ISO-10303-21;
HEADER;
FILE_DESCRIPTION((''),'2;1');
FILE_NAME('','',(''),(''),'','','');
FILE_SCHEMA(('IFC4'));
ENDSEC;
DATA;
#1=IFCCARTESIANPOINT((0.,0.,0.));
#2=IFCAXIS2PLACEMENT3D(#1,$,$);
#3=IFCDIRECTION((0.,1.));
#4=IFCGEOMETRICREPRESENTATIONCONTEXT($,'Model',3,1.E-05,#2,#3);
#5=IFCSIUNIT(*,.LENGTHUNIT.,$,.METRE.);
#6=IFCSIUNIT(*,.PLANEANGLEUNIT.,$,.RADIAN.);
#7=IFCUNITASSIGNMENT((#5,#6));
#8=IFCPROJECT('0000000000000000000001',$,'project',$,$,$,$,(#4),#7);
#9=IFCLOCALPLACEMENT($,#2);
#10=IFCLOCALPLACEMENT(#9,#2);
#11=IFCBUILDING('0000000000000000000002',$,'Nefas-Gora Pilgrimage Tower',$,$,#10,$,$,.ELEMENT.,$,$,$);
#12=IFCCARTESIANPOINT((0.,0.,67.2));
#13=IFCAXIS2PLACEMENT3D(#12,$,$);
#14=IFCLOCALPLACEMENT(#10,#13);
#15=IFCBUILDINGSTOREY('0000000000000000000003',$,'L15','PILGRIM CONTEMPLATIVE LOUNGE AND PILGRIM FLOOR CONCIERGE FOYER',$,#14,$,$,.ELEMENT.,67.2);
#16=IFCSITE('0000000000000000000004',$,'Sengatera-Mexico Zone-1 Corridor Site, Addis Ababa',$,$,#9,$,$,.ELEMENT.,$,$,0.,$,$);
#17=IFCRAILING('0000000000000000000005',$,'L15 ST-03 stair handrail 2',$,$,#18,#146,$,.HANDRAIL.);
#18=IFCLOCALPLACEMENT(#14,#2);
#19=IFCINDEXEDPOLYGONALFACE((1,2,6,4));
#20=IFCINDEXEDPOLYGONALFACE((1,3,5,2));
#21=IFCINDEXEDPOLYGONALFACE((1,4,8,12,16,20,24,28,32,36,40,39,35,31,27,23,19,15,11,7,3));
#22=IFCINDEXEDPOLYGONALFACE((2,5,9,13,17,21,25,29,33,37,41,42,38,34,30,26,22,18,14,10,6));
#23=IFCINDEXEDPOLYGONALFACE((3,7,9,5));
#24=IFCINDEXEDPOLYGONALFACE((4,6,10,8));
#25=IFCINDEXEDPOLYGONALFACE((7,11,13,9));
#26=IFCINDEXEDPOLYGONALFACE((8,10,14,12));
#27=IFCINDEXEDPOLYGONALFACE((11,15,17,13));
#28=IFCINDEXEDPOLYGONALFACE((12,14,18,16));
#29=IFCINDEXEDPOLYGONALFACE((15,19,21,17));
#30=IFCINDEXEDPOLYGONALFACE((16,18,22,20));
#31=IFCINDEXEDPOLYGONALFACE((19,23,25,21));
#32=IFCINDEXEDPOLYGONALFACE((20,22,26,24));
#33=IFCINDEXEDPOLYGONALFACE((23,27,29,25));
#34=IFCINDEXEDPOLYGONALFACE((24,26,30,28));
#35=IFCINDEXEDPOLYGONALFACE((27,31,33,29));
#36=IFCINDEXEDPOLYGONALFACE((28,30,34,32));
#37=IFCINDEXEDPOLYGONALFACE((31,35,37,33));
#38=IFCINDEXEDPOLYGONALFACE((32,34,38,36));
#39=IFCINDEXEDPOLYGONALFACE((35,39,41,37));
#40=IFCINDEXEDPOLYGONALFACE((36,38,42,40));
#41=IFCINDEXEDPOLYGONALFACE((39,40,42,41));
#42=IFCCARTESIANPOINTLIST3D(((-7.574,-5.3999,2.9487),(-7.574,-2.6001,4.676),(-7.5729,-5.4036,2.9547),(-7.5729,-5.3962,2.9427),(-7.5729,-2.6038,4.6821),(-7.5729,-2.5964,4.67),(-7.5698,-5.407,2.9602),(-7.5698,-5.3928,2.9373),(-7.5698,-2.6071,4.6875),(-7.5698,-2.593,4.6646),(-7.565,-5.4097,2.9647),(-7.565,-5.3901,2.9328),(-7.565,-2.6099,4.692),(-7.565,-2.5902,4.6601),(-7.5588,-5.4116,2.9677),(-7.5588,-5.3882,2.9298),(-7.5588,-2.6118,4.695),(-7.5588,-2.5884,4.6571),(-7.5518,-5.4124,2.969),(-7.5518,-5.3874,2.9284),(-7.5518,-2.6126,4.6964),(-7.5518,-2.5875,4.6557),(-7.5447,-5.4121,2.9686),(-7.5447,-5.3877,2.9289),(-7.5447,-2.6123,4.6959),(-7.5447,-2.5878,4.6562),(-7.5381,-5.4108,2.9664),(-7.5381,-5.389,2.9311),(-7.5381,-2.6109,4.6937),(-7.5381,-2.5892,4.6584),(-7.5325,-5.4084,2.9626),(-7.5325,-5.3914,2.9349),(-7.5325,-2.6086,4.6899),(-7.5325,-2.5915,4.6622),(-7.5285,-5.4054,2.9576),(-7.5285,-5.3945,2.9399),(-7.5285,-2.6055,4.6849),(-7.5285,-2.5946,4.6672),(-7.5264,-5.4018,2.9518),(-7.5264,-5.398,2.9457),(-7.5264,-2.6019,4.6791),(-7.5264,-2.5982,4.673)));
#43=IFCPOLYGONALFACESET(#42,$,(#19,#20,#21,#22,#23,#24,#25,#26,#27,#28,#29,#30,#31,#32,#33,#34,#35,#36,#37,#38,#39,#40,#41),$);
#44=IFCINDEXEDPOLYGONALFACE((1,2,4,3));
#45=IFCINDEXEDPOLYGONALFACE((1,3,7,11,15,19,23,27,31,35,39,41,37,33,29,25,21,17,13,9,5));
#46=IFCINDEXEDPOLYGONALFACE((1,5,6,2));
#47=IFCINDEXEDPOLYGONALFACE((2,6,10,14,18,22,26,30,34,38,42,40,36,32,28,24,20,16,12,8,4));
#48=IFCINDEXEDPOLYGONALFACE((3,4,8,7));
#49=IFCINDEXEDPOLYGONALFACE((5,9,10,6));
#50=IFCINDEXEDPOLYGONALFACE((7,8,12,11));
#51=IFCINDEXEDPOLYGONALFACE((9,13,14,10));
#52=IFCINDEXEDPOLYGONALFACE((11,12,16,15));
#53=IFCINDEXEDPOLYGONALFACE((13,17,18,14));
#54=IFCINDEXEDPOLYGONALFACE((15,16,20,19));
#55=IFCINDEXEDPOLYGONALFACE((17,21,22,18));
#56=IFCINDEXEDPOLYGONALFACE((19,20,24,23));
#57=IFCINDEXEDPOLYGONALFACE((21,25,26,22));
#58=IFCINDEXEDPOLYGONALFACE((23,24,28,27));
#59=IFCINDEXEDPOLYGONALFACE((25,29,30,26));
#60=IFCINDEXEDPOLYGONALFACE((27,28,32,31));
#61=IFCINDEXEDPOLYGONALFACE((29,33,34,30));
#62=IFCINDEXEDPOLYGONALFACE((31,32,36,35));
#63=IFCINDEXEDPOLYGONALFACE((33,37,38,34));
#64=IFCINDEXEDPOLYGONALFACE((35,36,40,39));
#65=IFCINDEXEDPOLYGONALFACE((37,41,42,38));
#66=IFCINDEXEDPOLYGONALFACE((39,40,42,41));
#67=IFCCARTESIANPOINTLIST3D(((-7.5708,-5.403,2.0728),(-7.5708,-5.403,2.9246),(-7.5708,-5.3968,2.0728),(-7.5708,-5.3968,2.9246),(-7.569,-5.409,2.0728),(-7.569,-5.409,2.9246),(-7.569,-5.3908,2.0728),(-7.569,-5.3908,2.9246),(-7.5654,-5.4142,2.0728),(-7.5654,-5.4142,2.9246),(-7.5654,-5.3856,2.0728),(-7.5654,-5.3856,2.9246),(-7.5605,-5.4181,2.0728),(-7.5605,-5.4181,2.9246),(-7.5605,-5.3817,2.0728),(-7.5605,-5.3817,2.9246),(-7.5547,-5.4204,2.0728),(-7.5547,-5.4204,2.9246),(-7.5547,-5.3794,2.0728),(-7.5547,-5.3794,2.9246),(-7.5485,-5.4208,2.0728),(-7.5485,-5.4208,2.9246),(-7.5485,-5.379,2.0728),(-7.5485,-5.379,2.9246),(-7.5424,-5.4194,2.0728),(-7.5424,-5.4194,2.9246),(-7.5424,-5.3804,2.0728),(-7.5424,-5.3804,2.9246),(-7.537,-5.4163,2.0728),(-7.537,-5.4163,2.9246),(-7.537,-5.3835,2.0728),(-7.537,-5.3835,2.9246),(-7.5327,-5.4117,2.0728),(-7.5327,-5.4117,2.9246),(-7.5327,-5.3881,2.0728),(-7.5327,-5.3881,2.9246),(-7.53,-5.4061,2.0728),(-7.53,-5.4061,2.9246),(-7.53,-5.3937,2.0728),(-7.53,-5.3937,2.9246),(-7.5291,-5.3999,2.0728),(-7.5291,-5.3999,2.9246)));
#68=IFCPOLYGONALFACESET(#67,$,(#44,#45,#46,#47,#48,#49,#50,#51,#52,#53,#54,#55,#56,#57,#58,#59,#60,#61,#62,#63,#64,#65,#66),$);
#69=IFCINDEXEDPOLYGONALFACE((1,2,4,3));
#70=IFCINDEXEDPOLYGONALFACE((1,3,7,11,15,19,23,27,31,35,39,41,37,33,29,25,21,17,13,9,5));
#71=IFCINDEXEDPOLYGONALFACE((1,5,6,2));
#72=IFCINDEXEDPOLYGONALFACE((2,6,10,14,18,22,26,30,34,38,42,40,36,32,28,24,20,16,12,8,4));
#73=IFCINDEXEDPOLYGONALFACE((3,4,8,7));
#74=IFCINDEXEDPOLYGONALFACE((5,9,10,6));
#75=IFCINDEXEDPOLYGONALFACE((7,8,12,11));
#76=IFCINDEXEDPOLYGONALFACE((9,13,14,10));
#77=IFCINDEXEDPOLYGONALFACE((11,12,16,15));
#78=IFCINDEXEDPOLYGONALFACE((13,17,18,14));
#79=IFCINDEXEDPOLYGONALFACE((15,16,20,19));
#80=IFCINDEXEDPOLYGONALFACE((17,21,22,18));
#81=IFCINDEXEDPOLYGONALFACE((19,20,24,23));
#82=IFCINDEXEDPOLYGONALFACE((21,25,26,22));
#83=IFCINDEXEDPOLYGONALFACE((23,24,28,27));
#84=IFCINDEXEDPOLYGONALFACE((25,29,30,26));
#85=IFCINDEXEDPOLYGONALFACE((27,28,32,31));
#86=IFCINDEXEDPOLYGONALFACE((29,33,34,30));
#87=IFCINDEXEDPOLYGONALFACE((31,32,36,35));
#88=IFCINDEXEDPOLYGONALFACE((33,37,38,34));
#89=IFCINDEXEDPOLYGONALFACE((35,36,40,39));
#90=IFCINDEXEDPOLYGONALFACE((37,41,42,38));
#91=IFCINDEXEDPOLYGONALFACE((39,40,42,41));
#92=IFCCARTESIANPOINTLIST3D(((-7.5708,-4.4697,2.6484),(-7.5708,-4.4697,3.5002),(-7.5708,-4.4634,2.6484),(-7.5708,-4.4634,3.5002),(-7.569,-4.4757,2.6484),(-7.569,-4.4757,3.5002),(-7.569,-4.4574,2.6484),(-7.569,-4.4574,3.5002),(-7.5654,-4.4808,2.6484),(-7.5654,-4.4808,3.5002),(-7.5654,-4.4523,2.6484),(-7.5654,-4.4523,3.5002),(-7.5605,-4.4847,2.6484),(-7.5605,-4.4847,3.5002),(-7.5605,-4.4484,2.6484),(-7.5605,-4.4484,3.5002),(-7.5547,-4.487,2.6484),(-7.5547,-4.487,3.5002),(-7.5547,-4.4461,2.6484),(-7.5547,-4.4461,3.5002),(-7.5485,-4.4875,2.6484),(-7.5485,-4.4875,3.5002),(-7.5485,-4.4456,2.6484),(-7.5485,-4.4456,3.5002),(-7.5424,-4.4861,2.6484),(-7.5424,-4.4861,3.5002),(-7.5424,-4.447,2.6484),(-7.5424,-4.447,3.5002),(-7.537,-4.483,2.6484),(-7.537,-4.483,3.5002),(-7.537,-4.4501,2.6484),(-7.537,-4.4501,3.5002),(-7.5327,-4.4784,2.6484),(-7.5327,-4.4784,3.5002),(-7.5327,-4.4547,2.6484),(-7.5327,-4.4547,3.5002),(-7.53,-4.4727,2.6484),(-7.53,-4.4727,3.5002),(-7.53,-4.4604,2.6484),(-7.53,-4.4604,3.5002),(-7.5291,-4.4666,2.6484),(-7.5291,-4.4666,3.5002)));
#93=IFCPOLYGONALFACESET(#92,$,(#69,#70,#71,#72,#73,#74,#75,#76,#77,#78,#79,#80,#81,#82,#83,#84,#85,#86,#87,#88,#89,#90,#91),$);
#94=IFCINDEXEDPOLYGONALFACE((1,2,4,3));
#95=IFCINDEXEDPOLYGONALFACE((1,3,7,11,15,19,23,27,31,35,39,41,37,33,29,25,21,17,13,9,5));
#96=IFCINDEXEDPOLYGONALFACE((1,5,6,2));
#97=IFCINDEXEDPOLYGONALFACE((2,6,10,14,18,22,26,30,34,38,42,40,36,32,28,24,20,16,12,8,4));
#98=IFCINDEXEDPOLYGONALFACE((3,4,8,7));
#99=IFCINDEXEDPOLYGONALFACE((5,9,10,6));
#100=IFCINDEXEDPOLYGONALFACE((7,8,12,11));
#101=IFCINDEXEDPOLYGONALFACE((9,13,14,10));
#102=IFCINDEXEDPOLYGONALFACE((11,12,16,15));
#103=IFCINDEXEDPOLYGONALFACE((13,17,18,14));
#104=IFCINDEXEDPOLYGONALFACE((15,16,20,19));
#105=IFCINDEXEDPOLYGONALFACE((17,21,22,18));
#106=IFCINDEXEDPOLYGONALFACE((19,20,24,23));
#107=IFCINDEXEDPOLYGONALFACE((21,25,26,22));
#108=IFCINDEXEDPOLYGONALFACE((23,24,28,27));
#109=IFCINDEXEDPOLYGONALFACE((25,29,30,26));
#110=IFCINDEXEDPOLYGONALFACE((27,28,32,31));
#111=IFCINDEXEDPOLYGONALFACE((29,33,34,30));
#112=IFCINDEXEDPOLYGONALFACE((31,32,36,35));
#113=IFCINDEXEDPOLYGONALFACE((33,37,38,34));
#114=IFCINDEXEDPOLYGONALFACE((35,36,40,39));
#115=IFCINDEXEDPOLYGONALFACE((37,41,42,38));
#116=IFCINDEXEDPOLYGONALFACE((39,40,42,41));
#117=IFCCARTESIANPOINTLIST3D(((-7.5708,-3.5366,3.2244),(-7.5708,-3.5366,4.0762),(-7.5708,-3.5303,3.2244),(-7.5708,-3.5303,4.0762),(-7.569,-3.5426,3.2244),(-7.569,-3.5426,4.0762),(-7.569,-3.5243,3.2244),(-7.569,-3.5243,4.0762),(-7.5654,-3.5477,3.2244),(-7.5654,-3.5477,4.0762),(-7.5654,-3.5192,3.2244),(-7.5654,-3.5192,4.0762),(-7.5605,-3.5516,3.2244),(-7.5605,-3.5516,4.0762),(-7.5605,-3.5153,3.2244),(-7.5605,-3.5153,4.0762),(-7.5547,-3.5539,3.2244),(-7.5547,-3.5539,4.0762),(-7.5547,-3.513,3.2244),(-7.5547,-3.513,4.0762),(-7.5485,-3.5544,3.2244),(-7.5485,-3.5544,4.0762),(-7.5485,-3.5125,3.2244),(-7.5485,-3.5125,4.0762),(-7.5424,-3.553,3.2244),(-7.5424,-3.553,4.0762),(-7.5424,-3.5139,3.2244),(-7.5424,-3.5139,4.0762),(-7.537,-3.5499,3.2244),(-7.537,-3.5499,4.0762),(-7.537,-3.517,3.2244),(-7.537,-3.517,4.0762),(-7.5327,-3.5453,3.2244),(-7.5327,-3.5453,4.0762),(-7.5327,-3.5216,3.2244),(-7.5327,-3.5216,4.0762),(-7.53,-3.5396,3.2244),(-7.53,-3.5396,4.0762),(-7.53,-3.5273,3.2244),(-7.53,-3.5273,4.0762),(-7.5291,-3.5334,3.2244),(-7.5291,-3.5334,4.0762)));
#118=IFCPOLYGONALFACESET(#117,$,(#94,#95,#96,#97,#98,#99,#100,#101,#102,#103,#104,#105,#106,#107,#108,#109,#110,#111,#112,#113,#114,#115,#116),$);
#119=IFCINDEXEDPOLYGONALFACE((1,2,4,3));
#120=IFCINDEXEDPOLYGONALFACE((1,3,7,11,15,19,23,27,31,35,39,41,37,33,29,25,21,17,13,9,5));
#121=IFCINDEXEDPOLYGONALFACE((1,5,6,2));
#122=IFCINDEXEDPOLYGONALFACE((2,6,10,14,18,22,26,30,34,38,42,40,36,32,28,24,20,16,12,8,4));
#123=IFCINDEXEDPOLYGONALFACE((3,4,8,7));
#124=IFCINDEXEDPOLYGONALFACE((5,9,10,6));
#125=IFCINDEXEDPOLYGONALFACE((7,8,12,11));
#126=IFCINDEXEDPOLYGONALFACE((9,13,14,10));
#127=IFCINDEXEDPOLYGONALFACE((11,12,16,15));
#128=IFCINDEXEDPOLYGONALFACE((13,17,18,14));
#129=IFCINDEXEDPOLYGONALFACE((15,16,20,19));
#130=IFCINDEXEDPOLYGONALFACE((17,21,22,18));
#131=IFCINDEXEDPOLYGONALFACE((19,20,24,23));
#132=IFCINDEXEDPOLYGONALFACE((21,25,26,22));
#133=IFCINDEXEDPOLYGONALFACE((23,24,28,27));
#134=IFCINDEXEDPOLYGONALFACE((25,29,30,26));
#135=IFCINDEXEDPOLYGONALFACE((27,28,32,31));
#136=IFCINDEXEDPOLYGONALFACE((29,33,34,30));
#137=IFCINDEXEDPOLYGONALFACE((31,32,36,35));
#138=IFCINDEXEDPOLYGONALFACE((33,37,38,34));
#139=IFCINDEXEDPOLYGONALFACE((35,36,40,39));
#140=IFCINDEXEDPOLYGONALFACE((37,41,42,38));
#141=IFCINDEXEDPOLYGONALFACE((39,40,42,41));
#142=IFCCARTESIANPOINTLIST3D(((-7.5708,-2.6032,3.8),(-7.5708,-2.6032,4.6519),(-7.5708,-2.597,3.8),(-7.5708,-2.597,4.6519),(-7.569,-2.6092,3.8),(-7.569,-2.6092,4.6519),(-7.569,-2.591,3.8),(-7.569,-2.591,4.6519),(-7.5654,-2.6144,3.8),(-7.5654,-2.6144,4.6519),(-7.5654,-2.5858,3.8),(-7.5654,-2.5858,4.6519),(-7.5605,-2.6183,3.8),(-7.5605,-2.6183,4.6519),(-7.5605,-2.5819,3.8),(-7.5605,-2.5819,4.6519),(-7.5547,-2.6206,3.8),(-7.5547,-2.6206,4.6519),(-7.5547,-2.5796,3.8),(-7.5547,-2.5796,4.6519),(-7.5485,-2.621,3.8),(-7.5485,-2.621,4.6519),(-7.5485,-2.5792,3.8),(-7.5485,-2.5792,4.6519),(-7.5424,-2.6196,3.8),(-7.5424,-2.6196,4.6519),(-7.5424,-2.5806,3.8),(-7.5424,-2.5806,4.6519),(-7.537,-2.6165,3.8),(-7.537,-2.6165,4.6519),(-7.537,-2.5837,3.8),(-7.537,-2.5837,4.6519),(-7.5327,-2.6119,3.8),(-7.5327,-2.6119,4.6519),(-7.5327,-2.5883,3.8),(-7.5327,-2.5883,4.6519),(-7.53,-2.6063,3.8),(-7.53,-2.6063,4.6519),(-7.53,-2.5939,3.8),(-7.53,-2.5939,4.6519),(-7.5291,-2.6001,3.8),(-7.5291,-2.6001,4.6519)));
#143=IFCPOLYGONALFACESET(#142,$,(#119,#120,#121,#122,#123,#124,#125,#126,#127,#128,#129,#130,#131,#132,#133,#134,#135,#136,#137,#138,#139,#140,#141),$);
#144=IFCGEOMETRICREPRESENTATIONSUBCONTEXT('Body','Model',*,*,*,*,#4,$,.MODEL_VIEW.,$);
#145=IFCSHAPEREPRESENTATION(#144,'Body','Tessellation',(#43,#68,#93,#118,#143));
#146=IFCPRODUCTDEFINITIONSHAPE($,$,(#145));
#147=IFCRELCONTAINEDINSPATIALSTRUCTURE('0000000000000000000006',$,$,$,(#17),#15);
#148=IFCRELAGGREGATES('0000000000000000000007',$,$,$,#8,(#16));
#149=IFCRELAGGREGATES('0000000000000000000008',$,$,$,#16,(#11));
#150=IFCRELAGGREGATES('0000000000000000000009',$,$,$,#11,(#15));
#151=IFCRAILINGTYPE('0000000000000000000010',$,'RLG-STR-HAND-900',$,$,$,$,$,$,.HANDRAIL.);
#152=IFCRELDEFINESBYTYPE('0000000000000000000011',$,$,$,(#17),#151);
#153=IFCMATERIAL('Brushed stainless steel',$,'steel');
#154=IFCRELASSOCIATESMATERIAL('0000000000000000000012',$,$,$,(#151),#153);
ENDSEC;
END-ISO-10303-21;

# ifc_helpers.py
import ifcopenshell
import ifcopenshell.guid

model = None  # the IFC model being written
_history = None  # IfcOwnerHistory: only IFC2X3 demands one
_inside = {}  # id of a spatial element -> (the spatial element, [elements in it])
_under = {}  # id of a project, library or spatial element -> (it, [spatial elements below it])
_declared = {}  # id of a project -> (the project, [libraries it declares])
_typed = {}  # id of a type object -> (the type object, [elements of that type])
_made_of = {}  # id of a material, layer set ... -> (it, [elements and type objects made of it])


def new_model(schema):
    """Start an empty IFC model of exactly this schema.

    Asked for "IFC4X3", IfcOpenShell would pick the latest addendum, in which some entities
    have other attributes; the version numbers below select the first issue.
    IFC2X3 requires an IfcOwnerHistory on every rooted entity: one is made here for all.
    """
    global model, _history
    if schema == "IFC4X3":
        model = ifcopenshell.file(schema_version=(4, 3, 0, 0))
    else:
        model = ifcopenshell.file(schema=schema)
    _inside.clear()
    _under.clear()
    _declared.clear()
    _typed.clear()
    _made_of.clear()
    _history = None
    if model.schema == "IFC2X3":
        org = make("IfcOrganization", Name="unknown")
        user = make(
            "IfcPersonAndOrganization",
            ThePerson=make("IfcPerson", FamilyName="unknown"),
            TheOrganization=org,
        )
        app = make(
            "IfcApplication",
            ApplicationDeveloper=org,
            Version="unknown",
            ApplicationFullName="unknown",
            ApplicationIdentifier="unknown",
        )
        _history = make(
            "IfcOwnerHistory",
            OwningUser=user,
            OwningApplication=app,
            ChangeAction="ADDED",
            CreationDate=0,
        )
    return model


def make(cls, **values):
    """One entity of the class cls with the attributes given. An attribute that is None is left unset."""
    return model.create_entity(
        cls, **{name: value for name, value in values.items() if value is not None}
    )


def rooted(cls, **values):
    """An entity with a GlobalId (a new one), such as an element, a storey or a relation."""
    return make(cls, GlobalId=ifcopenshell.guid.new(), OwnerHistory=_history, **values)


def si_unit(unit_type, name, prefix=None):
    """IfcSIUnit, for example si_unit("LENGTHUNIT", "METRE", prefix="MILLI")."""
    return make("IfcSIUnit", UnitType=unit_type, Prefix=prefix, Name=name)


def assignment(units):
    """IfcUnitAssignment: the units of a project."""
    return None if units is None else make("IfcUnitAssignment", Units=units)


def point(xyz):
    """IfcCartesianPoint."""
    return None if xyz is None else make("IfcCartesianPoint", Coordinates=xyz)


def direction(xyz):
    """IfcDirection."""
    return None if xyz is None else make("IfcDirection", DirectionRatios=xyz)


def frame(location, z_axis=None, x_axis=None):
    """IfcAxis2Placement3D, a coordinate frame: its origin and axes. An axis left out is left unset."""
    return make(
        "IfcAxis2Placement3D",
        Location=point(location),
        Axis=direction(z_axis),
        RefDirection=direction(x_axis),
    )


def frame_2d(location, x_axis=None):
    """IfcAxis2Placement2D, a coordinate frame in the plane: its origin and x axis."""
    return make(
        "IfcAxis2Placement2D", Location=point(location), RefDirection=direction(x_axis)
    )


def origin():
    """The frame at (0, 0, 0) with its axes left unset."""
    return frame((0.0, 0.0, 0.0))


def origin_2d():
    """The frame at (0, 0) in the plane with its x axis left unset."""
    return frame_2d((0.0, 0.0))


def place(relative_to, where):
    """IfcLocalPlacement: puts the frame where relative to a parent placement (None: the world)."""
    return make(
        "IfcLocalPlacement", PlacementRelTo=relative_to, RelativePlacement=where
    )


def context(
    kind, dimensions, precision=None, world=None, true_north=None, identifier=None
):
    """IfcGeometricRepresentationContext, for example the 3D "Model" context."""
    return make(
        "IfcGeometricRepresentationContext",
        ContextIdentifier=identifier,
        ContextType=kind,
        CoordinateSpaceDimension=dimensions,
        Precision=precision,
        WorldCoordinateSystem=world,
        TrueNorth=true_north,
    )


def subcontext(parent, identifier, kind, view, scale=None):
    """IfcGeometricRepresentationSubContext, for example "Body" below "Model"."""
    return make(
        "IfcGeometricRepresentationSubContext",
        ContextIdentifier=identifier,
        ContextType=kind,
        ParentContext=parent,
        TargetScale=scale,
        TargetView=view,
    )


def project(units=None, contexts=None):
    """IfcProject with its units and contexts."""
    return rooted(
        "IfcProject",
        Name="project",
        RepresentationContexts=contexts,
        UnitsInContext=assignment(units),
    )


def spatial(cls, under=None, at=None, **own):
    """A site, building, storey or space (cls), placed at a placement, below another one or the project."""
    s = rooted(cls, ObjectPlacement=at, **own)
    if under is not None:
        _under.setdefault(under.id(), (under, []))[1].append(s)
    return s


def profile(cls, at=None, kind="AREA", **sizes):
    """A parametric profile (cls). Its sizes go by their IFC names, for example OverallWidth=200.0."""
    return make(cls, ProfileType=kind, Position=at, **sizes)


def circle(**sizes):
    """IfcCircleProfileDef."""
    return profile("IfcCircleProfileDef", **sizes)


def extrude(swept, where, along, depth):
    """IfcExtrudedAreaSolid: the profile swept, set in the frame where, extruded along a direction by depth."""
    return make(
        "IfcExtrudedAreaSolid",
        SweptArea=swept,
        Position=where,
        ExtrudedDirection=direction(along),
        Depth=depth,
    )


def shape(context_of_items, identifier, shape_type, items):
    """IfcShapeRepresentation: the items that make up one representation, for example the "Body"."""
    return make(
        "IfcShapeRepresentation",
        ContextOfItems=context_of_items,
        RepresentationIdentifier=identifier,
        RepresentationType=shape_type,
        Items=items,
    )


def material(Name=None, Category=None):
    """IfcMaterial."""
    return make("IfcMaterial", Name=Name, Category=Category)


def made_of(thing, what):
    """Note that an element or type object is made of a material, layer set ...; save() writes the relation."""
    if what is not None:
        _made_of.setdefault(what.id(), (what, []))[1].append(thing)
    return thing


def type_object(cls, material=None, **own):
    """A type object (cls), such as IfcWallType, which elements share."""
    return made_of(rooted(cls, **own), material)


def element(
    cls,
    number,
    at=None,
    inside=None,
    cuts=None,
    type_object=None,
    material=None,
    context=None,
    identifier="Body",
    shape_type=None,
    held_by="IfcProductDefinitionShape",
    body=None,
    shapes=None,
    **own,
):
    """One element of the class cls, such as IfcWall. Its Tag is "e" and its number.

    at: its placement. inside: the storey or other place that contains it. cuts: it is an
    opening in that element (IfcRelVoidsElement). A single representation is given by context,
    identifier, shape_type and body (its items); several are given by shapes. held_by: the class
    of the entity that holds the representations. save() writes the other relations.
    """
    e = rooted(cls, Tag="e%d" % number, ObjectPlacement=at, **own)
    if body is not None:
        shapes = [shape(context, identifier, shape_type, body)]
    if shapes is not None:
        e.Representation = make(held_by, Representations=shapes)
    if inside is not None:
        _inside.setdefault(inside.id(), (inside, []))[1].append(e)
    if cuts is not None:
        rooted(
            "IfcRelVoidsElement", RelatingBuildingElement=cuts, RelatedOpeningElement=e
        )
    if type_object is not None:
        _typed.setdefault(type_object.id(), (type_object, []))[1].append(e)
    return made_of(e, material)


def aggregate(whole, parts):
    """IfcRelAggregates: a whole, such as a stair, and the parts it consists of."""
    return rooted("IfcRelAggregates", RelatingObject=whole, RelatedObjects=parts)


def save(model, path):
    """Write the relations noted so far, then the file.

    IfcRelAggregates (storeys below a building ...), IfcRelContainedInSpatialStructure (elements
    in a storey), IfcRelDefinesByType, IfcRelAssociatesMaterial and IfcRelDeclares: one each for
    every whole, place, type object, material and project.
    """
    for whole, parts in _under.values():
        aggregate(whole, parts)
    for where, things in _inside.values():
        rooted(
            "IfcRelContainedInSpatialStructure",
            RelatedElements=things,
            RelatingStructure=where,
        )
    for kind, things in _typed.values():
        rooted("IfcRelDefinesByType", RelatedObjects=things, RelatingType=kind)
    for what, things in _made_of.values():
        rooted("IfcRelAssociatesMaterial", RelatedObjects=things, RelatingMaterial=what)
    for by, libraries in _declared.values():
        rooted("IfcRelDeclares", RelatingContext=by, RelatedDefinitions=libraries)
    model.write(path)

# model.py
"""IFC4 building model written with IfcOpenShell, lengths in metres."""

from ifc_helpers import new_model, si_unit, direction, frame, origin, origin_2d, place, context, subcontext, project, spatial, circle, extrude, material, type_object, element, save


model = new_model("IFC4")

# Units and contexts
model_context = context("Model", 3, precision=1e-05, world=origin(), true_north=direction((0.0, 1.0)))
body_context = subcontext(model_context, "Body", "Model", "MODEL_VIEW")
ifc_project = project(units=[si_unit("LENGTHUNIT", "METRE"), si_unit("PLANEANGLEUNIT", "RADIAN")], contexts=[model_context])

# Site, building, storey
site_placement = place(None, origin())
site = spatial("IfcSite", under=ifc_project, at=site_placement, Name="Sengatera-Mexico Zone-1 Corridor Site, Addis Ababa", CompositionType="ELEMENT", RefElevation=0.0)
building_placement = place(site_placement, origin())
building = spatial("IfcBuilding", under=site, at=building_placement, Name="Nefas-Gora Pilgrimage Tower", CompositionType="ELEMENT")
storey_placement = place(building_placement, frame((0.0, 0.0, 67.2)))
storey = spatial("IfcBuildingStorey", under=building, at=storey_placement, Name="L15", Description="PILGRIM CONTEMPLATIVE LOUNGE AND PILGRIM FLOOR CONCIERGE FOYER", CompositionType="ELEMENT", Elevation=67.2)

# Railing
ifc_material_1 = material(Name="Brushed stainless steel", Category="steel")
railing_type_1 = type_object("IfcRailingType", Name="RLG-STR-HAND-900", PredefinedType="HANDRAIL", material=ifc_material_1)
railing_1_placement = place(storey_placement, frame((-7.55, -5.3999, 2.0728)))
element("IfcRailing", 1, at=railing_1_placement, inside=storey, type_object=railing_type_1, Name="L15 ST-03 stair handrail 2", PredefinedType="HANDRAIL", context=body_context, shape_type="SweptSolid", body=[
    extrude(circle(Radius=0.0239, at=origin_2d()), frame((0.0, 0.0, 0.876), z_axis=(0.0, 0.851069, 0.525054), x_axis=(-1.0, 0.0, 0.0)), (0.0, 0.0, 1.0), 3.2898),
    extrude(circle(Radius=0.021, at=origin_2d()), origin(), (0.0, 0.0, 1.0), 0.8518),
    extrude(circle(Radius=0.021, at=origin_2d()), frame((0.0, 0.9333, 0.5757)), (0.0, 0.0, 1.0), 0.8518),
    extrude(circle(Radius=0.021, at=origin_2d()), frame((0.0, 1.8665, 1.1516)), (0.0, 0.0, 1.0), 0.8518),
    extrude(circle(Radius=0.021, at=origin_2d()), frame((0.0, 2.7998, 1.7273)), (0.0, 0.0, 1.0), 0.8518),
])

save(model, "model.ifc")
